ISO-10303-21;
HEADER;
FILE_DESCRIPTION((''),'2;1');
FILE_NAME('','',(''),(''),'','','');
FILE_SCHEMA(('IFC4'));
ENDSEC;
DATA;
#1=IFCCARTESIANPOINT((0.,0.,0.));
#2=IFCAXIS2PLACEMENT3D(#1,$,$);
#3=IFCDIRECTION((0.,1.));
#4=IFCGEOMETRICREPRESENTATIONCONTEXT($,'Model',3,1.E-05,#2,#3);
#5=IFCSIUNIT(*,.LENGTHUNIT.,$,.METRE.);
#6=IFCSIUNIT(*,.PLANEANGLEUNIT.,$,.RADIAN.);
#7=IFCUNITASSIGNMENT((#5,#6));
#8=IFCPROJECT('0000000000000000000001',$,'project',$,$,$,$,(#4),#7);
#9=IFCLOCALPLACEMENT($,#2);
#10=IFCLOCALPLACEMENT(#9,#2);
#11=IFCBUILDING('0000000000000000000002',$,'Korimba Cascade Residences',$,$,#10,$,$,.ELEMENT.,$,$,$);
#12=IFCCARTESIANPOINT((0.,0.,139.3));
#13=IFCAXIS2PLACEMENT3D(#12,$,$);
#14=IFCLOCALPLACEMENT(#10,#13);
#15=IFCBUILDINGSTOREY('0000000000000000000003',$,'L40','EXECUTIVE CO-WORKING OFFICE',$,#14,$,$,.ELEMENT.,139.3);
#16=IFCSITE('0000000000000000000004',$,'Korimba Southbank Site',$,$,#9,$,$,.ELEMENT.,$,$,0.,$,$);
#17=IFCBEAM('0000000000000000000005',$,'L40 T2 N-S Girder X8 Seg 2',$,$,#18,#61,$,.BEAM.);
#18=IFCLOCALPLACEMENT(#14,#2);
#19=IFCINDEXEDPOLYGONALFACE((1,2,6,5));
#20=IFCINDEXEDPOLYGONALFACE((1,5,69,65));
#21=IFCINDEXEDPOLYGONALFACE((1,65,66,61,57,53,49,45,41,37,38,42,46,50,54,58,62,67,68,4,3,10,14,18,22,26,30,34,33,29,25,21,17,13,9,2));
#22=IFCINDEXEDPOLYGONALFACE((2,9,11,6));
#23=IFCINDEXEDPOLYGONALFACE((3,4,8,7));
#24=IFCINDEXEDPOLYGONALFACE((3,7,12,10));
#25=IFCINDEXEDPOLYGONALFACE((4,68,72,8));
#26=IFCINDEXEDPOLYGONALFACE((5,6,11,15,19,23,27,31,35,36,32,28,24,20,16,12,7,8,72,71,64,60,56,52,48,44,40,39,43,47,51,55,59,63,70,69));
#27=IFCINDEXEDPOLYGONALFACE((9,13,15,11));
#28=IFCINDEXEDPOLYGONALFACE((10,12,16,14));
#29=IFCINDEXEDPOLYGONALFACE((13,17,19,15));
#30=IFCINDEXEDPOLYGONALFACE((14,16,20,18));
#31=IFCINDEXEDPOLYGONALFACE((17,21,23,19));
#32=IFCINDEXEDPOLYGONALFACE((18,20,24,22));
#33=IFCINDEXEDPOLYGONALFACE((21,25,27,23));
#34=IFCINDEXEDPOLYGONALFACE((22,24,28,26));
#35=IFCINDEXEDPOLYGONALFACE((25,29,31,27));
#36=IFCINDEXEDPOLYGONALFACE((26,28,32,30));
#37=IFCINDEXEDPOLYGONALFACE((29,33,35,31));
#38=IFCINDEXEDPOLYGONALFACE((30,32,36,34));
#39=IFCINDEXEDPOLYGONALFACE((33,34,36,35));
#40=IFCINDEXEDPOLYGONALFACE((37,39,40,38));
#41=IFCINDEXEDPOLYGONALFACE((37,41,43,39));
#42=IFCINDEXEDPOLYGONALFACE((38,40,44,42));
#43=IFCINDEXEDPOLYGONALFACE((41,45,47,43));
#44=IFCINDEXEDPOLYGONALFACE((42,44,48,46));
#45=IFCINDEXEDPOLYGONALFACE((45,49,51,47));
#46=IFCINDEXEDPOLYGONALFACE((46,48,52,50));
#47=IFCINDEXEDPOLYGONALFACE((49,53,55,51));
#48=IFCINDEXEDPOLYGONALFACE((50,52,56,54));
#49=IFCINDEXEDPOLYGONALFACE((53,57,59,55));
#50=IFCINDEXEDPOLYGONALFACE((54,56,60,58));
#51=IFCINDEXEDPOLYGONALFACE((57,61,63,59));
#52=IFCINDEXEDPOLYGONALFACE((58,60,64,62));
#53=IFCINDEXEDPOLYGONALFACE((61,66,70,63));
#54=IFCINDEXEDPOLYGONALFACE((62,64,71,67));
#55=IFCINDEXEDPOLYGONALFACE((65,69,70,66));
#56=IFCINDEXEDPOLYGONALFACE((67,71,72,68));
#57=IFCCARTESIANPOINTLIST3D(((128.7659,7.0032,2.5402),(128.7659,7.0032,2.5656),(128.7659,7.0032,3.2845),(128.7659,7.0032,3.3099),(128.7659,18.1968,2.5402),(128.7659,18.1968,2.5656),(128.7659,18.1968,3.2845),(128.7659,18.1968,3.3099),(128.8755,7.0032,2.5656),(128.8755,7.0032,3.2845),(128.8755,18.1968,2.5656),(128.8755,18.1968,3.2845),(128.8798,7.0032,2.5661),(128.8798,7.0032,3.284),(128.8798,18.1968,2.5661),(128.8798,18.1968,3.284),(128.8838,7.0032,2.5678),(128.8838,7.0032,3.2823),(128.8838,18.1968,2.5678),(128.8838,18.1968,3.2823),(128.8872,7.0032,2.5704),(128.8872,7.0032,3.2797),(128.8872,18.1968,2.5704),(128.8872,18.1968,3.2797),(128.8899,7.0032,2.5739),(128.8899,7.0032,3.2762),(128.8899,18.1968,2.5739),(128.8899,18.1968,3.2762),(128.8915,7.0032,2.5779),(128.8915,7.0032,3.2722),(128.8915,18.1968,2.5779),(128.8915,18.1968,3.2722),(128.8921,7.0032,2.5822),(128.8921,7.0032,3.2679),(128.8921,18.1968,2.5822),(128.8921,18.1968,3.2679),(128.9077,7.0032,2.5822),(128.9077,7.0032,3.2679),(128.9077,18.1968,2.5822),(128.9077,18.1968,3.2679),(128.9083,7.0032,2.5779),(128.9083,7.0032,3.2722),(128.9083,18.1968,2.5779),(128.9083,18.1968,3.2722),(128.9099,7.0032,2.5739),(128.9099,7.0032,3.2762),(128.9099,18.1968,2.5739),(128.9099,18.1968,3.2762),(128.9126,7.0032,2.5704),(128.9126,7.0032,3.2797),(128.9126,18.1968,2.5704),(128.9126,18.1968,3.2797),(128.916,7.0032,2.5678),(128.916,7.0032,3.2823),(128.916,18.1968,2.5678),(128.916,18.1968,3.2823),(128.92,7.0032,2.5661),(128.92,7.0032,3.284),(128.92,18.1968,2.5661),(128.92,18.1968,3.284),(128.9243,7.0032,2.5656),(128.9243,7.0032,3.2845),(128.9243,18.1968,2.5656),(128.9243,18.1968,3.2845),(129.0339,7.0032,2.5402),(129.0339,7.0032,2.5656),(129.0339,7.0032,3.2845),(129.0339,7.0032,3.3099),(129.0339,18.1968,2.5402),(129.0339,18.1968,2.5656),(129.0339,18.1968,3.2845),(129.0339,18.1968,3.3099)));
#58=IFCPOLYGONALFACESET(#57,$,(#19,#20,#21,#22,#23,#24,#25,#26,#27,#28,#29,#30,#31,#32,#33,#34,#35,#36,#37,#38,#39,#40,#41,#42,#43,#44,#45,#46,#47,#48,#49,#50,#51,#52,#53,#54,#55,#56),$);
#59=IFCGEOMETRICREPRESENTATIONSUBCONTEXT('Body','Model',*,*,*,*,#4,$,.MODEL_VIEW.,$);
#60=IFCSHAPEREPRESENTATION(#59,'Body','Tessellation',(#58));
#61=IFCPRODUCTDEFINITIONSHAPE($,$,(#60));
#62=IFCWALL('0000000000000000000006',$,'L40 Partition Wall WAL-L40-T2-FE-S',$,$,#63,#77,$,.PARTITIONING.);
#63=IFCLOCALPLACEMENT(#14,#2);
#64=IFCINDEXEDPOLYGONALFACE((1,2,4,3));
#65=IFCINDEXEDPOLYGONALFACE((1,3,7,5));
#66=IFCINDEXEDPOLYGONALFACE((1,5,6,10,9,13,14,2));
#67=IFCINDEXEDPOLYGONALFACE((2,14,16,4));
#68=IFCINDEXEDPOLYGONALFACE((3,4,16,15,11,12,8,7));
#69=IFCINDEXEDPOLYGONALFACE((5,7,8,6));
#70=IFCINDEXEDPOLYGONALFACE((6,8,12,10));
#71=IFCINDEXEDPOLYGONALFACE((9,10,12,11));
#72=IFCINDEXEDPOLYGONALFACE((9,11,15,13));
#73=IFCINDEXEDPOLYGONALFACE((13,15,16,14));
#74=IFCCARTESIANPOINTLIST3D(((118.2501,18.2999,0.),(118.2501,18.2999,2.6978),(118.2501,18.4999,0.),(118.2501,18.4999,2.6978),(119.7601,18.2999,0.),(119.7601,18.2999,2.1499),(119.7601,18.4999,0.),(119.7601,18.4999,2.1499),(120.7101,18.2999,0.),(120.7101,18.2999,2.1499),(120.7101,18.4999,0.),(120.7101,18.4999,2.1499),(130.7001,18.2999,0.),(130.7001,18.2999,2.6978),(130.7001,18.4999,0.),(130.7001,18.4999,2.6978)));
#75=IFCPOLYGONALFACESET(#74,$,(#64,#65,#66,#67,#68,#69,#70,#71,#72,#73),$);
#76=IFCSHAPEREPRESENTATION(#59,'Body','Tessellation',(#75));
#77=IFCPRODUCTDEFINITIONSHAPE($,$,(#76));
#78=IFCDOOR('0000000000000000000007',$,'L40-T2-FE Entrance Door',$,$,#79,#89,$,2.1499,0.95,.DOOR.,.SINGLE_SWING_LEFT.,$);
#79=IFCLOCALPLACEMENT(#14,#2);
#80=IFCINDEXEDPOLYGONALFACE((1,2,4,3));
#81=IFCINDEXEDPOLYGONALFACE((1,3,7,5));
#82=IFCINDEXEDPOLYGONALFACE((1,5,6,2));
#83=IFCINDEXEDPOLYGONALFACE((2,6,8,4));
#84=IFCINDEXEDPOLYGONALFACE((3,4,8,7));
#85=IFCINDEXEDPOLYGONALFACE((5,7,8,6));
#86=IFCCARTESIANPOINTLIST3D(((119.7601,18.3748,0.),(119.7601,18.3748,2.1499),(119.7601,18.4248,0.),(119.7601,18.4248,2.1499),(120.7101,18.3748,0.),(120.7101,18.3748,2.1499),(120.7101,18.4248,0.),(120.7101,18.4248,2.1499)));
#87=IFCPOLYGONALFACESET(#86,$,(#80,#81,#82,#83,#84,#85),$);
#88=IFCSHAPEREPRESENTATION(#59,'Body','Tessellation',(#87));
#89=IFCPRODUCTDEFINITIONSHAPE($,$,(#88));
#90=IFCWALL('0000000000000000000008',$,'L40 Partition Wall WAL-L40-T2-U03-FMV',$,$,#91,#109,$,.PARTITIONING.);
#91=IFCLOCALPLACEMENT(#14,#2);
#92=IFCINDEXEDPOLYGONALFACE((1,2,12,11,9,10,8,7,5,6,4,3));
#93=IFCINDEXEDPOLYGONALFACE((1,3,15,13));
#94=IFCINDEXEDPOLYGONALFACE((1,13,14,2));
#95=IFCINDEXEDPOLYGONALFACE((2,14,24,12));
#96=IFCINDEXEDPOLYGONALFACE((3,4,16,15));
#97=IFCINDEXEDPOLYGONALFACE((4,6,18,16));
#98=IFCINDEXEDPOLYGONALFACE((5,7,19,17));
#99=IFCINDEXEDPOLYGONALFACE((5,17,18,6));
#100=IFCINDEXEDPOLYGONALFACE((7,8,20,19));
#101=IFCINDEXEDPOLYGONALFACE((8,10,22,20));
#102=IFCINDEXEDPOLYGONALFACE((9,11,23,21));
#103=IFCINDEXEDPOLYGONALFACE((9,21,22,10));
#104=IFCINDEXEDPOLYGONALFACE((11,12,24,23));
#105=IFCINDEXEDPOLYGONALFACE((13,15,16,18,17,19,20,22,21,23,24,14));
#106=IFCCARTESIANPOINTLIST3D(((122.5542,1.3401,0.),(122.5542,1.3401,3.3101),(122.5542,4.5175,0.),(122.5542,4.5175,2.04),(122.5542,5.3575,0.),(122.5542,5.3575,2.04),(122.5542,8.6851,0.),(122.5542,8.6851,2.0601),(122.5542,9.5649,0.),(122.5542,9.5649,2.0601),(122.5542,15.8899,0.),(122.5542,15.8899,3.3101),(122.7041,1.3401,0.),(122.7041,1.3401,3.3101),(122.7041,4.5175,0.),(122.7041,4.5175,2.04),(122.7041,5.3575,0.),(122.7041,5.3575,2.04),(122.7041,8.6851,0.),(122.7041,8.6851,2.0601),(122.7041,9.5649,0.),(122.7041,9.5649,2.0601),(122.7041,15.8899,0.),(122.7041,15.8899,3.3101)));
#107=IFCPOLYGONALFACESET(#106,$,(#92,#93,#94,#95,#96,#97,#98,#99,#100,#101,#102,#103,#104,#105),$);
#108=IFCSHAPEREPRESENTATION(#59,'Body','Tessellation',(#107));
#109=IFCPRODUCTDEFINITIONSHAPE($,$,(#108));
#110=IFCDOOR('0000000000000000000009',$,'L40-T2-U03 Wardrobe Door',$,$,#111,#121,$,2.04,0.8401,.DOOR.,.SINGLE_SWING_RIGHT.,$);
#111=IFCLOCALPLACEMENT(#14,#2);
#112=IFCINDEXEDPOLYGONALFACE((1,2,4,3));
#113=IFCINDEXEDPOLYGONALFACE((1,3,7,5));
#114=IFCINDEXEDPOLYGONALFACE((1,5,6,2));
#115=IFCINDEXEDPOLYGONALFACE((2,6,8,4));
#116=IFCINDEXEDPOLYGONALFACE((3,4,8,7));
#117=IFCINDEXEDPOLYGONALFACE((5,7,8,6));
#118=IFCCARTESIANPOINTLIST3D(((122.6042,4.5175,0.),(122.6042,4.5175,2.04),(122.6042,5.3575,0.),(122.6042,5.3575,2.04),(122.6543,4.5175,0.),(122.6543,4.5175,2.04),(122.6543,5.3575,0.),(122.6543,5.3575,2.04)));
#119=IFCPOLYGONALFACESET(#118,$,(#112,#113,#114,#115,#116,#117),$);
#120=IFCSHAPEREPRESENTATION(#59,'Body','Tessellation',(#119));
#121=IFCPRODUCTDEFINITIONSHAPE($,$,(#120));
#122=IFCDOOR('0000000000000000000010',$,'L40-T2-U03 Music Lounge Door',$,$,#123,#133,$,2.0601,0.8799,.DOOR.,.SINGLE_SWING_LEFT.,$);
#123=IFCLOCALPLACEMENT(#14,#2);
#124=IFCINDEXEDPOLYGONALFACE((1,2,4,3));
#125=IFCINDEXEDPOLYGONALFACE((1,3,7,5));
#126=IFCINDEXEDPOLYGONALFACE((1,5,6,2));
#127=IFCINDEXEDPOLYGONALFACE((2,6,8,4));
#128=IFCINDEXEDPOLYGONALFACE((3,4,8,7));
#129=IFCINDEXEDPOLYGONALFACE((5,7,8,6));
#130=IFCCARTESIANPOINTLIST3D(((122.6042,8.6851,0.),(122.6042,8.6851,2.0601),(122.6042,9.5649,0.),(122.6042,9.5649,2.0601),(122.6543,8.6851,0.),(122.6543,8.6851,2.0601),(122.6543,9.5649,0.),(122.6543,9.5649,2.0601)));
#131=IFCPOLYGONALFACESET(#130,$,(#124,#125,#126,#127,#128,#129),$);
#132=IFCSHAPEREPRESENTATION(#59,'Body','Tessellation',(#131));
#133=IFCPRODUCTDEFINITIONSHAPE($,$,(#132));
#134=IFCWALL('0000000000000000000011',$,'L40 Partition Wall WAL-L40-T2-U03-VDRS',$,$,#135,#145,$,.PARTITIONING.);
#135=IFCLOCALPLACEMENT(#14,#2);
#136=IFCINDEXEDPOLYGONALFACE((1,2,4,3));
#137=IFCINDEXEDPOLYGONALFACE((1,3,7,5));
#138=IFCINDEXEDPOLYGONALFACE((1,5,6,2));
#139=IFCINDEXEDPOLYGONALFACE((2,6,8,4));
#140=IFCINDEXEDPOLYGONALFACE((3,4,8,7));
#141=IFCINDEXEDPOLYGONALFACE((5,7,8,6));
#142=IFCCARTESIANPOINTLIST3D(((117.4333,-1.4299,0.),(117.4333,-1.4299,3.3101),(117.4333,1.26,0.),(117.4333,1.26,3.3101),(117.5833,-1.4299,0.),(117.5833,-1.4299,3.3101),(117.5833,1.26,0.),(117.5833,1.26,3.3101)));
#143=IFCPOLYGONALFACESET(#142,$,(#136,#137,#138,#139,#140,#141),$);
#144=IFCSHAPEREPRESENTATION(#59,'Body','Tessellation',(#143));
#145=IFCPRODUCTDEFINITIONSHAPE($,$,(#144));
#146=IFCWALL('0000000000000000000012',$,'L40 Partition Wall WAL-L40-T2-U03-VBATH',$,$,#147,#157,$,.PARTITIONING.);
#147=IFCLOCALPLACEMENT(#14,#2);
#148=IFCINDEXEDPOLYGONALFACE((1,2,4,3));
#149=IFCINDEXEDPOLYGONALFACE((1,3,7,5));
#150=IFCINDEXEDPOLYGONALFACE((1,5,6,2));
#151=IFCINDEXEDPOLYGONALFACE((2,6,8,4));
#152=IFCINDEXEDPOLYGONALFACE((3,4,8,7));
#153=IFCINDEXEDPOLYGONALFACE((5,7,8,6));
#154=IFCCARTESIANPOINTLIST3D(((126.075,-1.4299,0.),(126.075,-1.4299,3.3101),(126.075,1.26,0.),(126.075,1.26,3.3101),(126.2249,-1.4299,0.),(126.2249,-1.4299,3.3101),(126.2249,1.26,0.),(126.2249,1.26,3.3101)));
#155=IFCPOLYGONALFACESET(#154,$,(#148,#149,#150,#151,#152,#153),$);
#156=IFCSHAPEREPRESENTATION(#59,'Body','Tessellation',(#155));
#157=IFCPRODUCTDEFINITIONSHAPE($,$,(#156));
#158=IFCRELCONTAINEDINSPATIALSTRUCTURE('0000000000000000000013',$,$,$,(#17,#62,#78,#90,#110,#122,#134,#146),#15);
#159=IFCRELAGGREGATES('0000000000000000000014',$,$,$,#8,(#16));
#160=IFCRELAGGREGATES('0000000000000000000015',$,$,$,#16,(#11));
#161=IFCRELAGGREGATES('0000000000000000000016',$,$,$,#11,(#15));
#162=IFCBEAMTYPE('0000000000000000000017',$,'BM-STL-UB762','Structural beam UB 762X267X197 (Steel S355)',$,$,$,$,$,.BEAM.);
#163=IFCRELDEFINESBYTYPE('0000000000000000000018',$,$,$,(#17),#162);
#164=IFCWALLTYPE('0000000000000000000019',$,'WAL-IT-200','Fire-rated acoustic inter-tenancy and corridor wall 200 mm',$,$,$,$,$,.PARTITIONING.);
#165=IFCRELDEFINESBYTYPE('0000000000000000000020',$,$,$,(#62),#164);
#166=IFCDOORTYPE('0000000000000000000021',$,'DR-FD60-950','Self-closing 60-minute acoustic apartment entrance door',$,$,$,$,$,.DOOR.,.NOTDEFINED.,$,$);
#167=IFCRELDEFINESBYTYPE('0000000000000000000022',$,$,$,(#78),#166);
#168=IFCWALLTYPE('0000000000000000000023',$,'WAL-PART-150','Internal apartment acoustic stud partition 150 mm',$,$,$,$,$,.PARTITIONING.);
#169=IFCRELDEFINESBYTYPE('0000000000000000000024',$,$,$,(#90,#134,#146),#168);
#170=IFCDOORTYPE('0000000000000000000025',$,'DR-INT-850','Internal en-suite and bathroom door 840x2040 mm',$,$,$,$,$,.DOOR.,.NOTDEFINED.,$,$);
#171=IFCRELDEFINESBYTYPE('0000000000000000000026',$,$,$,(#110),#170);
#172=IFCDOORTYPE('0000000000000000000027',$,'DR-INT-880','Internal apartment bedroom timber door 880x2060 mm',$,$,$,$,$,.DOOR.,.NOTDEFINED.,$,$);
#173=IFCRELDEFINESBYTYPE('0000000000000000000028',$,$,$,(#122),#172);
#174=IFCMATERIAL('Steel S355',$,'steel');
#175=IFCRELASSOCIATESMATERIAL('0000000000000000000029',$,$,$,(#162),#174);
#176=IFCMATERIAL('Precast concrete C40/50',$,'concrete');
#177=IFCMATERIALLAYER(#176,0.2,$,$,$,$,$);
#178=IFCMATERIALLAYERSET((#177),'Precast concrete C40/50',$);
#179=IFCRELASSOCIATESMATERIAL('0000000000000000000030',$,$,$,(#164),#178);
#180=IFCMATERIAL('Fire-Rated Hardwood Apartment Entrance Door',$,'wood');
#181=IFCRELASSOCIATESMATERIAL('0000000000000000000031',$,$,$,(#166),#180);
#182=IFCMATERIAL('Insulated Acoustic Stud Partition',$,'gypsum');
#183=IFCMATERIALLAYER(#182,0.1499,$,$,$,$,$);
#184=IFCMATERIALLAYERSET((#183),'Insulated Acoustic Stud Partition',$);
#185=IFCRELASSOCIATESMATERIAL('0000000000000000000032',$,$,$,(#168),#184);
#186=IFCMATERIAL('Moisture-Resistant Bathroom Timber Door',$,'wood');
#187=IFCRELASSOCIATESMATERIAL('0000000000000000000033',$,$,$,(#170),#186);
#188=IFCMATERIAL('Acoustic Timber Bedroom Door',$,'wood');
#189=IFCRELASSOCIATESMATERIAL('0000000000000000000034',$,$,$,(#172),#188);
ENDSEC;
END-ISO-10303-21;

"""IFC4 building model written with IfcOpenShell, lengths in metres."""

from ifc_helpers import new_model, si_unit, direction, frame, frame_2d, origin, origin_2d, place, context, subcontext, project, spatial, rectangle, i_section, extrude, material, layer, layer_set, material_profile, profile_set, type_object, element, fill, save


model = new_model("IFC4")

# Units and contexts
model_context = context("Model", 3, precision=1e-05, world=origin(), true_north=direction((0.0, 1.0)))
body_context = subcontext(model_context, "Body", "Model", "MODEL_VIEW")
ifc_project = project(units=[si_unit("LENGTHUNIT", "METRE"), si_unit("PLANEANGLEUNIT", "RADIAN")], contexts=[model_context])

# Site, building, storey
site_placement = place(None, origin())
site = spatial("IfcSite", under=ifc_project, at=site_placement, Name="Korimba Southbank Site", CompositionType="ELEMENT", RefElevation=0.0)
building_placement = place(site_placement, origin())
building = spatial("IfcBuilding", under=site, at=building_placement, Name="Korimba Cascade Residences", CompositionType="ELEMENT")
storey_placement = place(building_placement, frame((0.0, 0.0, 139.3)))
storey = spatial("IfcBuildingStorey", under=building, at=storey_placement, Name="L40", Description="EXECUTIVE CO-WORKING OFFICE", CompositionType="ELEMENT", Elevation=139.3)

# Beam
ifc_material_1 = material(Name="Steel S355", Category="steel")
ifc_material_profile_1 = material_profile(ifc_material_1, i_section(OverallWidth=0.2681, OverallDepth=0.7698, WebThickness=0.0156, FlangeThickness=0.0254, FilletRadius=0.0166, at=origin_2d()), Name="Steel S355")
ifc_profile_set_1 = profile_set([ifc_material_profile_1], Name="Steel S355")
beam_type_1 = type_object("IfcBeamType", Name="BM-STL-UB762", Description="Structural beam UB 762X267X197 (Steel S355)", PredefinedType="BEAM", material=ifc_profile_set_1)
beam_1_placement = place(storey_placement, frame((128.8999, 7.0032, 2.925), z_axis=(0.0, 1.0, 0.0), x_axis=(-1.0, 0.0, 0.0)))
element("IfcBeam", 1, at=beam_1_placement, inside=storey, type_object=beam_type_1, Name="L40 T2 N-S Girder X8 Seg 2", PredefinedType="BEAM", context=body_context, shape_type="SweptSolid", body=[
    extrude(i_section(OverallWidth=0.2681, OverallDepth=0.7698, WebThickness=0.0156, FlangeThickness=0.0254, FilletRadius=0.0166, at=origin_2d()), origin(), (0.0, 0.0, 1.0), 11.1936),
])

# Wall, opening, door
ifc_material_2 = material(Name="Precast concrete C40/50", Category="concrete")
ifc_layer_1 = layer(ifc_material_2, 0.2)
ifc_layer_set_1 = layer_set([ifc_layer_1], Name="Precast concrete C40/50")
wall_type_1 = type_object("IfcWallType", Name="WAL-IT-200", Description="Fire-rated acoustic inter-tenancy and corridor wall 200 mm", PredefinedType="PARTITIONING", material=ifc_layer_set_1)
wall_1_placement = place(storey_placement, frame((118.25, 18.3999, 0.0), z_axis=(0.0, 0.0, 1.0), x_axis=(1.0, 0.0, 0.0)))
wall_1 = element("IfcWall", 2, at=wall_1_placement, inside=storey, type_object=wall_type_1, Name="L40 Partition Wall WAL-L40-T2-FE-S", PredefinedType="PARTITIONING", context=body_context, shape_type="SweptSolid", body=[
    extrude(rectangle(XDim=12.45, YDim=0.2, at=frame_2d((6.2251, 0.0))), origin(), (0.0, 0.0, 1.0), 2.6978),
])
opening_1_placement = place(wall_1_placement, frame((1.51, 0.0, 0.0)))
opening_1 = element("IfcOpeningElement", 3, at=opening_1_placement, cuts=wall_1, PredefinedType="OPENING", context=body_context, shape_type="SweptSolid", body=[
    extrude(rectangle(XDim=0.95, YDim=2.1499, at=frame_2d((0.4751, 1.075))), frame((0.0, 0.1099, 0.0), z_axis=(0.0, -1.0, 0.0), x_axis=(1.0, 0.0, 0.0)), (0.0, 0.0, 1.0), 0.22),
])
ifc_material_3 = material(Name="Fire-Rated Hardwood Apartment Entrance Door", Category="wood")
door_type_1 = type_object("IfcDoorType", Name="DR-FD60-950", Description="Self-closing 60-minute acoustic apartment entrance door", OperationType="NOTDEFINED", PredefinedType="DOOR", material=ifc_material_3)
door_1_placement = place(opening_1_placement, origin())
door_1 = element("IfcDoor", 4, at=door_1_placement, inside=storey, type_object=door_type_1, Name="L40-T2-FE Entrance Door", OperationType="SINGLE_SWING_LEFT", OverallHeight=2.1499, OverallWidth=0.95, PredefinedType="DOOR", context=body_context, shape_type="SweptSolid", body=[
    extrude(rectangle(XDim=0.95, YDim=2.1499, at=frame_2d((0.4751, 1.075))), frame((0.0, 0.0249, 0.0), z_axis=(0.0, -1.0, 0.0), x_axis=(1.0, 0.0, 0.0)), (0.0, 0.0, 1.0), 0.05),
])
fill(opening_1, door_1)

# Wall, openings, doors
ifc_material_4 = material(Name="Insulated Acoustic Stud Partition", Category="gypsum")
ifc_layer_2 = layer(ifc_material_4, 0.1499)
ifc_layer_set_2 = layer_set([ifc_layer_2], Name="Insulated Acoustic Stud Partition")
wall_type_2 = type_object("IfcWallType", Name="WAL-PART-150", Description="Internal apartment acoustic stud partition 150 mm", PredefinedType="PARTITIONING", material=ifc_layer_set_2)
wall_2_placement = place(storey_placement, frame((122.6292, 1.3401, 0.0), z_axis=(0.0, 0.0, 1.0), x_axis=(0.0, 1.0, 0.0)))
wall_2 = element("IfcWall", 5, at=wall_2_placement, inside=storey, type_object=wall_type_2, Name="L40 Partition Wall WAL-L40-T2-U03-FMV", PredefinedType="PARTITIONING", context=body_context, shape_type="SweptSolid", body=[
    extrude(rectangle(XDim=14.5498, YDim=0.1499, at=frame_2d((7.2749, 0.0))), origin(), (0.0, 0.0, 1.0), 3.3101),
])
opening_2_placement = place(wall_2_placement, frame((3.1775, 0.0, 0.0)))
opening_2 = element("IfcOpeningElement", 6, at=opening_2_placement, cuts=wall_2, PredefinedType="OPENING", context=body_context, shape_type="SweptSolid", body=[
    extrude(rectangle(XDim=0.8401, YDim=2.04, at=frame_2d((0.4199, 1.02))), frame((0.0, 0.085, 0.0), z_axis=(0.0, -1.0, 0.0), x_axis=(1.0, 0.0, 0.0)), (0.0, 0.0, 1.0), 0.1699),
])
opening_3_placement = place(wall_2_placement, frame((7.345, 0.0, 0.0)))
opening_3 = element("IfcOpeningElement", 7, at=opening_3_placement, cuts=wall_2, PredefinedType="OPENING", context=body_context, shape_type="SweptSolid", body=[
    extrude(rectangle(XDim=0.8799, YDim=2.0601, at=frame_2d((0.4399, 1.03))), frame((0.0, 0.085, 0.0), z_axis=(0.0, -1.0, 0.0), x_axis=(1.0, 0.0, 0.0)), (0.0, 0.0, 1.0), 0.1699),
])
ifc_material_5 = material(Name="Moisture-Resistant Bathroom Timber Door", Category="wood")
door_type_2 = type_object("IfcDoorType", Name="DR-INT-850", Description="Internal en-suite and bathroom door 840x2040 mm", OperationType="NOTDEFINED", PredefinedType="DOOR", material=ifc_material_5)
door_2_placement = place(opening_2_placement, origin())
door_2 = element("IfcDoor", 8, at=door_2_placement, inside=storey, type_object=door_type_2, Name="L40-T2-U03 Wardrobe Door", OperationType="SINGLE_SWING_RIGHT", OverallHeight=2.04, OverallWidth=0.8401, PredefinedType="DOOR", context=body_context, shape_type="SweptSolid", body=[
    extrude(rectangle(XDim=0.8401, YDim=2.04, at=frame_2d((0.4199, 1.02))), frame((0.0, 0.0249, 0.0), z_axis=(0.0, -1.0, 0.0), x_axis=(1.0, 0.0, 0.0)), (0.0, 0.0, 1.0), 0.05),
])
fill(opening_2, door_2)
ifc_material_6 = material(Name="Acoustic Timber Bedroom Door", Category="wood")
door_type_3 = type_object("IfcDoorType", Name="DR-INT-880", Description="Internal apartment bedroom timber door 880x2060 mm", OperationType="NOTDEFINED", PredefinedType="DOOR", material=ifc_material_6)
door_3_placement = place(opening_3_placement, origin())
door_3 = element("IfcDoor", 9, at=door_3_placement, inside=storey, type_object=door_type_3, Name="L40-T2-U03 Music Lounge Door", OperationType="SINGLE_SWING_LEFT", OverallHeight=2.0601, OverallWidth=0.8799, PredefinedType="DOOR", context=body_context, shape_type="SweptSolid", body=[
    extrude(rectangle(XDim=0.8799, YDim=2.0601, at=frame_2d((0.4399, 1.03))), frame((0.0, 0.0249, 0.0), z_axis=(0.0, -1.0, 0.0), x_axis=(1.0, 0.0, 0.0)), (0.0, 0.0, 1.0), 0.05),
])
fill(opening_3, door_3)

# Walls
for number, where, z_axis, x_axis, name in (
    (10, (117.5083, -1.4299, 0.0), (0.0, 0.0, 1.0), (0.0, 1.0, 0.0), "L40 Partition Wall WAL-L40-T2-U03-VDRS"),
    (11, (126.1499, -1.4299, 0.0), (0.0, 0.0, 1.0), (0.0, 1.0, 0.0), "L40 Partition Wall WAL-L40-T2-U03-VBATH"),
):
    element("IfcWall", number, at=place(storey_placement, frame(where, z_axis=z_axis, x_axis=x_axis)), inside=storey, type_object=wall_type_2, Name=name, PredefinedType="PARTITIONING", context=body_context, shape_type="SweptSolid", body=[
        extrude(rectangle(XDim=2.6899, YDim=0.1499, at=frame_2d((1.345, 0.0))), origin(), (0.0, 0.0, 1.0), 3.3101),
    ])

save(model, "model.ifc")
